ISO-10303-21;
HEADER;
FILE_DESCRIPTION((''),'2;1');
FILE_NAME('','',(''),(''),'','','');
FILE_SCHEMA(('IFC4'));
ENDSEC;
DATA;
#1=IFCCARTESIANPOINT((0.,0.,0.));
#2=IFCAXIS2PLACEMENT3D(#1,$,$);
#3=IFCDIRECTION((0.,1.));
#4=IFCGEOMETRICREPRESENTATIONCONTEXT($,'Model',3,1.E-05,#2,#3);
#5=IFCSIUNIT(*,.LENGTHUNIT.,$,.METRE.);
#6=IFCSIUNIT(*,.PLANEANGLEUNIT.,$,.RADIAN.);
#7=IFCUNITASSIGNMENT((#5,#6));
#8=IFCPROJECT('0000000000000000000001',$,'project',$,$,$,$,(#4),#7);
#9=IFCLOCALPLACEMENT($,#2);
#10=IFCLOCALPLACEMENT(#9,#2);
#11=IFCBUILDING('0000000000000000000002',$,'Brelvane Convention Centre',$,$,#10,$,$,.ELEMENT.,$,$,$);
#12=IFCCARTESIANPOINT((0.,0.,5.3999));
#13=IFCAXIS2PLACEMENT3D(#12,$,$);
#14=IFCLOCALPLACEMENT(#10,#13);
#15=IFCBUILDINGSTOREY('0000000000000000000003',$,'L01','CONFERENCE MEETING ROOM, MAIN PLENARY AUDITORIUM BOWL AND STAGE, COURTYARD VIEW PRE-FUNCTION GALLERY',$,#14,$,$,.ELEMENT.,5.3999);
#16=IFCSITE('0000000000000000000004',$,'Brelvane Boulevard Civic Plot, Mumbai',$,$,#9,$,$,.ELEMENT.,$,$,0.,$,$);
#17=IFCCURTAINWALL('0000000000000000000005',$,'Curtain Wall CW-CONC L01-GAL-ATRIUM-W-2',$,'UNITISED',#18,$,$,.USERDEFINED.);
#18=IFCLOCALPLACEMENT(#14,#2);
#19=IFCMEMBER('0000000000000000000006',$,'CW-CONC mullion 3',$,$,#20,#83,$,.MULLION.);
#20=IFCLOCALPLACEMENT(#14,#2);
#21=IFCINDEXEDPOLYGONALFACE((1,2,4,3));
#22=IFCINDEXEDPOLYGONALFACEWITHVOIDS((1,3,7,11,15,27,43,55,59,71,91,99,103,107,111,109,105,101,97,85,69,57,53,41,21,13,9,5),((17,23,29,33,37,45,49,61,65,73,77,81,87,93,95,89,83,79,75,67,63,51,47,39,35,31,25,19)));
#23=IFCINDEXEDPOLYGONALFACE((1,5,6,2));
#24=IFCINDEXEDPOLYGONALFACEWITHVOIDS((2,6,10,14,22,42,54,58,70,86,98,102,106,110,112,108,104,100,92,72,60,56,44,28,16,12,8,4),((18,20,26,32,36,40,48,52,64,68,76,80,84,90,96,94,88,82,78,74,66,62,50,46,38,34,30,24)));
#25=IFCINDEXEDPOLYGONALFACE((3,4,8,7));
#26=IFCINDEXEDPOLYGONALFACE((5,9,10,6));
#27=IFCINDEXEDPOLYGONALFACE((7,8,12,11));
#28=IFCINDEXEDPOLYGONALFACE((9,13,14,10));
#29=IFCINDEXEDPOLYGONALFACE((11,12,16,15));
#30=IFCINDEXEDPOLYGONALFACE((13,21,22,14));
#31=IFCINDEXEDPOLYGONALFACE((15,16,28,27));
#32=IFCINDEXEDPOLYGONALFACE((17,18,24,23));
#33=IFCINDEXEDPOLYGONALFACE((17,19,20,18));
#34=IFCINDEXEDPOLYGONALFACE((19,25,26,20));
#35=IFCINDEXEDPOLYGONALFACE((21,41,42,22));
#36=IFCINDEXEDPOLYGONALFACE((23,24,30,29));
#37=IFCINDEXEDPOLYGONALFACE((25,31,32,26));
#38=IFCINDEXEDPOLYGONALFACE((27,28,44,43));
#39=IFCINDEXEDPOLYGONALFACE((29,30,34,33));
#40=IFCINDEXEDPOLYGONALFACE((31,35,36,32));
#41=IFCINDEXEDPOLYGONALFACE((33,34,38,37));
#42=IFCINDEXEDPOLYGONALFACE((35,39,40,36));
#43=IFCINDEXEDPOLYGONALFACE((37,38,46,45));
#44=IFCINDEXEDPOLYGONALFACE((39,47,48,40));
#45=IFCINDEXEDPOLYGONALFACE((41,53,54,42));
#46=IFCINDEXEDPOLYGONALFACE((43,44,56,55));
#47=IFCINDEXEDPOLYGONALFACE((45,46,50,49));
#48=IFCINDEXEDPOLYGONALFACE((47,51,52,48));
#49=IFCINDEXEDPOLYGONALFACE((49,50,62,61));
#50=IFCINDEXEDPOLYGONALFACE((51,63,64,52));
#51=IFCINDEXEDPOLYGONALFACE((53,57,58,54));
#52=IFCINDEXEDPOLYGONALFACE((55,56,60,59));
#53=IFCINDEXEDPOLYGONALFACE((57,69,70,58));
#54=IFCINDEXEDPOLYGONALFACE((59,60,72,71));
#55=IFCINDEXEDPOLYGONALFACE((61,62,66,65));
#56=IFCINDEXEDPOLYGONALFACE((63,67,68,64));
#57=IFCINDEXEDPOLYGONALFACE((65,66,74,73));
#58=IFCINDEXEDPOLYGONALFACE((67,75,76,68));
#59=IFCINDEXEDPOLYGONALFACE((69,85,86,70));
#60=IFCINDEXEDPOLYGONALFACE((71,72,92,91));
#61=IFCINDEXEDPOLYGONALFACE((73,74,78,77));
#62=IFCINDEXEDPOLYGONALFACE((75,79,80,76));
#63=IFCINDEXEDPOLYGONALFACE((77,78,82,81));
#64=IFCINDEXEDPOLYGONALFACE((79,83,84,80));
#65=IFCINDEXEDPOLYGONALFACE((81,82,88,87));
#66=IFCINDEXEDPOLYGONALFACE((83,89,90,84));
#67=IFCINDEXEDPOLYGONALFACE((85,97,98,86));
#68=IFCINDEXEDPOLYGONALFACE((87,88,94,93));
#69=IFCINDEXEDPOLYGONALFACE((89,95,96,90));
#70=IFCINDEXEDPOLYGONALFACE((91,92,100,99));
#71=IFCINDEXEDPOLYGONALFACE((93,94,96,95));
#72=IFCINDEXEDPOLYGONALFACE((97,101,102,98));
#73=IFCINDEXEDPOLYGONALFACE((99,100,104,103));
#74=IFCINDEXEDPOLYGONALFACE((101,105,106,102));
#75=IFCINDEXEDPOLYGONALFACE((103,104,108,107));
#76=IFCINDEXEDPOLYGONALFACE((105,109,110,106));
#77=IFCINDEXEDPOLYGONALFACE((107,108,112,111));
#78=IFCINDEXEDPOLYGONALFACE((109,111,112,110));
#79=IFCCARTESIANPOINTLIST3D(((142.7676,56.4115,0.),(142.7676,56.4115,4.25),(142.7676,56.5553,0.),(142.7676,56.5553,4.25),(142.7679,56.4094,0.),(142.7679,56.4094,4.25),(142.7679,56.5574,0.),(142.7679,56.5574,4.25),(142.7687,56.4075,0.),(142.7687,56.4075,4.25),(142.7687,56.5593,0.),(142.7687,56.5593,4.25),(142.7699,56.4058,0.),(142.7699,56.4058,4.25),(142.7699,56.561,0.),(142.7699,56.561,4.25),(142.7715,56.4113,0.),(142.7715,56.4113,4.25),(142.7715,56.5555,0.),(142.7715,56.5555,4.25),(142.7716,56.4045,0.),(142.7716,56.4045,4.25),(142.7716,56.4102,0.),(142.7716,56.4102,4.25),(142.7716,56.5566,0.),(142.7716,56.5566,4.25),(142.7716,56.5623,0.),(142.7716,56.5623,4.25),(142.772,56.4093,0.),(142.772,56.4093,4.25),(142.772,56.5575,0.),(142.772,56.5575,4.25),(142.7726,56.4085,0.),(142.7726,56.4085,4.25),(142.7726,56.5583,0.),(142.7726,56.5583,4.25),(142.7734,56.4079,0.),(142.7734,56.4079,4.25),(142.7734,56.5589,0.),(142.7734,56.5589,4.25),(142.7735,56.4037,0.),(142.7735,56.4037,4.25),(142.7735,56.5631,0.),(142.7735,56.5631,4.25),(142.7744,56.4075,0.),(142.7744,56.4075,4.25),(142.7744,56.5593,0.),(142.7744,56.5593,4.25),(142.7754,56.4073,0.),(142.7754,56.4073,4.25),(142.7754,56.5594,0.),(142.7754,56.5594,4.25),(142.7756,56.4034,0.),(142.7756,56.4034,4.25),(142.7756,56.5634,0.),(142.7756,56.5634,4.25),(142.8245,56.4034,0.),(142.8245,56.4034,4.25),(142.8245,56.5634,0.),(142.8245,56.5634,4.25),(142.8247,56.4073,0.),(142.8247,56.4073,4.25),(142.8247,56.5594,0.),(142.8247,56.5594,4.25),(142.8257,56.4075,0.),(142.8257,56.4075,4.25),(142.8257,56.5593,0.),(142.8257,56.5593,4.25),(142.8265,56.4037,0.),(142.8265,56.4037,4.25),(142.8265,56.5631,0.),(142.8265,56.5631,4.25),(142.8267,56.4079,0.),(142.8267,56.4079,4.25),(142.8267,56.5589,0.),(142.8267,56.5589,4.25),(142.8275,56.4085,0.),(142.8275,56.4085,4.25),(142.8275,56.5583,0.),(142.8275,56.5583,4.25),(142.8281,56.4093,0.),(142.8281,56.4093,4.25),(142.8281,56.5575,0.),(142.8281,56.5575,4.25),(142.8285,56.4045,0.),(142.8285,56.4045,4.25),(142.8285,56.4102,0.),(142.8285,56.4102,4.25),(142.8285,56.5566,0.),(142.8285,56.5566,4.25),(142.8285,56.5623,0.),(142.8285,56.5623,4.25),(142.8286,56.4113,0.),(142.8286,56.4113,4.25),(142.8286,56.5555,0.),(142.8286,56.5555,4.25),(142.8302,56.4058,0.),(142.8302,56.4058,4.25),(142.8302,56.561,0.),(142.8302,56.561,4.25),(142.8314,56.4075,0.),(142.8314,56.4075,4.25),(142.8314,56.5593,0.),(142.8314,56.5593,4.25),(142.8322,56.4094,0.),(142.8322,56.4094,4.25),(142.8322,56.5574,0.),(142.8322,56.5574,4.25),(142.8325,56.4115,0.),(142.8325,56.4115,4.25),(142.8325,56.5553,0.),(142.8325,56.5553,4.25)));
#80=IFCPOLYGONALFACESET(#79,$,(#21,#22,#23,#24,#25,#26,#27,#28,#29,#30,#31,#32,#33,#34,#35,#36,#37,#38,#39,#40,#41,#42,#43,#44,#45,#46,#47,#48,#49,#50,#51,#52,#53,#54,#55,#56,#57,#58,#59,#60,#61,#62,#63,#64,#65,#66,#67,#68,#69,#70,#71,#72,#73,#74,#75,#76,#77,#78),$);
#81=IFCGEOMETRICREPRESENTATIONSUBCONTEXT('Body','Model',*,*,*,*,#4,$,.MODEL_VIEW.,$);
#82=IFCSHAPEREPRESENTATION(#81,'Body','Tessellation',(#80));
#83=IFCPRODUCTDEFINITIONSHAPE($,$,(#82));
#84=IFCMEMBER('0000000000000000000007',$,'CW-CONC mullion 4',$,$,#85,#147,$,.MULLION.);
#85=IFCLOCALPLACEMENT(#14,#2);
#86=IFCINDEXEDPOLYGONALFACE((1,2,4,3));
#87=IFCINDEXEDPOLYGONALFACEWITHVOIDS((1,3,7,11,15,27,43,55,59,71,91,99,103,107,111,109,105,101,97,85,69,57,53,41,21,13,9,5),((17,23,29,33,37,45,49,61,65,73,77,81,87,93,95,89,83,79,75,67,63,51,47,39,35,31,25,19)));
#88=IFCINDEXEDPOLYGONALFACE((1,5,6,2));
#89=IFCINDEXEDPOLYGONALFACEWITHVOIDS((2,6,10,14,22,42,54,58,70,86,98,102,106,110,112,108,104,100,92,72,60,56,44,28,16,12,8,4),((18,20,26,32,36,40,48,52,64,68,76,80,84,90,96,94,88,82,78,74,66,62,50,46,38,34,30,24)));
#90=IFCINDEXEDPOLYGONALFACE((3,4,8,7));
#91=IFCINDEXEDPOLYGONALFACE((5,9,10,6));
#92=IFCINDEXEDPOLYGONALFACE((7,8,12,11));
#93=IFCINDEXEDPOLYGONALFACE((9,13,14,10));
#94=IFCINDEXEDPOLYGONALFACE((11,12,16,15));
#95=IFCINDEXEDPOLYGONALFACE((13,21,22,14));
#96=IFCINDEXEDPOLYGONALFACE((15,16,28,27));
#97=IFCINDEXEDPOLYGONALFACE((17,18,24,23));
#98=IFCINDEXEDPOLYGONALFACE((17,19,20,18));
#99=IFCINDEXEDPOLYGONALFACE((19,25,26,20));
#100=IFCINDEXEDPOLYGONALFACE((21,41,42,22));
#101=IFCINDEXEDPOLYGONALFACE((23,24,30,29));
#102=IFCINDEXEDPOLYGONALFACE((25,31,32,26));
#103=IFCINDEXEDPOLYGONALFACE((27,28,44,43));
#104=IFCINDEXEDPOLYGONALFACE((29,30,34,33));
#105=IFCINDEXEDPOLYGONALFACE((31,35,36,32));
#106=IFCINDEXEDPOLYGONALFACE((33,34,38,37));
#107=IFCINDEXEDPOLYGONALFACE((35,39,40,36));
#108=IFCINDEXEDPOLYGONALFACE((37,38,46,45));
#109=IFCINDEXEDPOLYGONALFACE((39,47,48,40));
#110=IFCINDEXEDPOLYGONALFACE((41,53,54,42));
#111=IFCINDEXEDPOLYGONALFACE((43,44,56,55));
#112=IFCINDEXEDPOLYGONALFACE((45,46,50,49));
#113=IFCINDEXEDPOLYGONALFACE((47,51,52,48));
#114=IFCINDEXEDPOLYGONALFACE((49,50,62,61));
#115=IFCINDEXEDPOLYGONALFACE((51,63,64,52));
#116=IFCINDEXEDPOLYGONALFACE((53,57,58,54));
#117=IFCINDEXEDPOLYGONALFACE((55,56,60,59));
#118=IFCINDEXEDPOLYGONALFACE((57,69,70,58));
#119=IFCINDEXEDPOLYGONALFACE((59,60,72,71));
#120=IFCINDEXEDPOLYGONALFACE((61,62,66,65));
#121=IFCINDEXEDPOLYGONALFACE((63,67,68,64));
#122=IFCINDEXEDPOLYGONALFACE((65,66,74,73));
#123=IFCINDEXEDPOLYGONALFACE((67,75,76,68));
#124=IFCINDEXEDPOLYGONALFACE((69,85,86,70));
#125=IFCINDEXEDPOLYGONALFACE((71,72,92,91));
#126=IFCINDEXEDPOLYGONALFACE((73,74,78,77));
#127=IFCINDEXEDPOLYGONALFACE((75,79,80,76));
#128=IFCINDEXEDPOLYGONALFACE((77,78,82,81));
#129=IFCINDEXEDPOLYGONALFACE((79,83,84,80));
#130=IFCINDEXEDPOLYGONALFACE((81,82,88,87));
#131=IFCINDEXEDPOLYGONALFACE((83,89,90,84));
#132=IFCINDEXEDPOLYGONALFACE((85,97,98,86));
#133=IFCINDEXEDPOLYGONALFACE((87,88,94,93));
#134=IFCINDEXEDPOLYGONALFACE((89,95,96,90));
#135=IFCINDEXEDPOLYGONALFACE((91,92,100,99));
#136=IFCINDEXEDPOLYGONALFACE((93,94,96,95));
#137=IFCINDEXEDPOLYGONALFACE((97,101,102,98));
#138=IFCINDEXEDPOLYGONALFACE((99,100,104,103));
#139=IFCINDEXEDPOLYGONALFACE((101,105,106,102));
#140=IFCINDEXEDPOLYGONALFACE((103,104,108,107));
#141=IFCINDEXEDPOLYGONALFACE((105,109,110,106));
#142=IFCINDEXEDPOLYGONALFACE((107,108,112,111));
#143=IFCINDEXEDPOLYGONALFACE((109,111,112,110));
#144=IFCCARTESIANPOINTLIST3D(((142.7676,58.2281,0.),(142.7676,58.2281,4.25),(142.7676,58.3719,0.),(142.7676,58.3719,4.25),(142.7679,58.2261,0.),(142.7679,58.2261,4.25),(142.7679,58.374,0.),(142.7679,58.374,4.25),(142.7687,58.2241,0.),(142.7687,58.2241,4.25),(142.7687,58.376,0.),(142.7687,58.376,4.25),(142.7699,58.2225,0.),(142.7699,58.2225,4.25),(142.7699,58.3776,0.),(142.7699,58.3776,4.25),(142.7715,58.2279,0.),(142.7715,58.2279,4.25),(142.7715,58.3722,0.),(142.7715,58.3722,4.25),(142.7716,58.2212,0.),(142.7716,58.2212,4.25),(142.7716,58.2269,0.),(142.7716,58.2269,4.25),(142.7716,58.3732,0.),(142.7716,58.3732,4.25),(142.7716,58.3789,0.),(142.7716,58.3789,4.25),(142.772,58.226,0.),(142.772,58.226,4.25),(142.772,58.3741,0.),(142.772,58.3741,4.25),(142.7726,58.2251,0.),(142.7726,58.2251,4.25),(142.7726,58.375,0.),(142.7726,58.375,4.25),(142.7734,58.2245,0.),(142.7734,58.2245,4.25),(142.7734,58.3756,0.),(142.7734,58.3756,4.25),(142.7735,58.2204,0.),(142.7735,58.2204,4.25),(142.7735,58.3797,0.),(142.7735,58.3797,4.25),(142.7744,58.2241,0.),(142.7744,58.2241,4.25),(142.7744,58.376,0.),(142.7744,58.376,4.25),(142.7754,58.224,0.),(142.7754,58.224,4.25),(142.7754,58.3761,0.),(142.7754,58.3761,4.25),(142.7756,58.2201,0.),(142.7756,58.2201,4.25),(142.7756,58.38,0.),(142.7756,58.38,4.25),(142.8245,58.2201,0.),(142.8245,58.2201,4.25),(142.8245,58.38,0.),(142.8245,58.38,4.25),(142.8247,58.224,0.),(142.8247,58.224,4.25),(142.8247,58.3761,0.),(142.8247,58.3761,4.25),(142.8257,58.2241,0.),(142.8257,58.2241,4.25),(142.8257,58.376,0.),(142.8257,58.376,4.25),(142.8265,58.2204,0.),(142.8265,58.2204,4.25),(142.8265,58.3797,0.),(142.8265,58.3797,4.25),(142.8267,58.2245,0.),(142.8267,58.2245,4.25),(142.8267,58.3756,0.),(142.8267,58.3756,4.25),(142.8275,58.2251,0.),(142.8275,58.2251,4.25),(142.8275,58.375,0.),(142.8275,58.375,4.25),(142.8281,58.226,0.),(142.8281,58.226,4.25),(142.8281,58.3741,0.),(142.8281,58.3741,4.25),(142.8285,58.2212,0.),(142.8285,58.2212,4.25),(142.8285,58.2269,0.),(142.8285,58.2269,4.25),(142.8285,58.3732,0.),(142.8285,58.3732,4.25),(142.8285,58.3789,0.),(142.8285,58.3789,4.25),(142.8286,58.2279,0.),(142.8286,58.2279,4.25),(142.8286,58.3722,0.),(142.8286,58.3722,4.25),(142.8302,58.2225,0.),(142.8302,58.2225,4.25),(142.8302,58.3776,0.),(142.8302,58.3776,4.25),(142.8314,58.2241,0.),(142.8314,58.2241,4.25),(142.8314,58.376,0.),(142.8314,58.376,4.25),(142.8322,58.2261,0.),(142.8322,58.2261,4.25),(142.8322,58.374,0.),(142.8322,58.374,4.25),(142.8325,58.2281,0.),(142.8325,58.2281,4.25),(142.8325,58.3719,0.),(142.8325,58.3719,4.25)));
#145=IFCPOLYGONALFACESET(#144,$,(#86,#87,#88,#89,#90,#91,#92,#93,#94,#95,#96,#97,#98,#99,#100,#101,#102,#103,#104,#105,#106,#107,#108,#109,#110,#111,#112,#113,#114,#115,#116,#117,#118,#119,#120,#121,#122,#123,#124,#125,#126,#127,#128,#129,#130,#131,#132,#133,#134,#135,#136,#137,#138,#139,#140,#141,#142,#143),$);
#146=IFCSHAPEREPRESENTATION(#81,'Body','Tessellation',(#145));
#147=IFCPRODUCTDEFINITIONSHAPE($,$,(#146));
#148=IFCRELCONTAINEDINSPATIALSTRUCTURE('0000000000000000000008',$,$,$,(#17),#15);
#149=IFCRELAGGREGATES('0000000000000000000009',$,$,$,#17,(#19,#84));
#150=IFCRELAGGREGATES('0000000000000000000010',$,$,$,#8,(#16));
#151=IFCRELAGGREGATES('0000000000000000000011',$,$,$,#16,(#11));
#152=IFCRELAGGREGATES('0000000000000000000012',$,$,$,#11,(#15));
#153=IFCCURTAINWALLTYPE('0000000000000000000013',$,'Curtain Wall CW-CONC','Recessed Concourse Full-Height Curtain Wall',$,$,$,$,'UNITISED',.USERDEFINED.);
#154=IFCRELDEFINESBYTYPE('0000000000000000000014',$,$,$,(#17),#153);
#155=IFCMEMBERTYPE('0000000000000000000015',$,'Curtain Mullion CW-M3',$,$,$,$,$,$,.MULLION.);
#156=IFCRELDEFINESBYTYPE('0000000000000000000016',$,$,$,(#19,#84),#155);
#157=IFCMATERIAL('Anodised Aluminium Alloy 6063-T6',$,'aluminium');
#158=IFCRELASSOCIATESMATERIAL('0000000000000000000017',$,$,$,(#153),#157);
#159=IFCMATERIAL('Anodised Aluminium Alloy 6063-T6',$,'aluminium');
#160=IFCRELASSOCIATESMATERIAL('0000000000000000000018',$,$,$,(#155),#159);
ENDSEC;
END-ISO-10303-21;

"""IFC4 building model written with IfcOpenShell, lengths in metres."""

from ifc_helpers import new_model, si_unit, direction, frame, origin, origin_2d, place, context, subcontext, project, spatial, hollow_rectangle, extrude, material, material_profile, profile_set, type_object, element, aggregate, save


model = new_model("IFC4")

# Units and contexts
model_context = context("Model", 3, precision=1e-05, world=origin(), true_north=direction((0.0, 1.0)))
body_context = subcontext(model_context, "Body", "Model", "MODEL_VIEW")
ifc_project = project(units=[si_unit("LENGTHUNIT", "METRE"), si_unit("PLANEANGLEUNIT", "RADIAN")], contexts=[model_context])

# Site, building, storey
site_placement = place(None, origin())
site = spatial("IfcSite", under=ifc_project, at=site_placement, Name="Brelvane Boulevard Civic Plot, Mumbai", CompositionType="ELEMENT", RefElevation=0.0)
building_placement = place(site_placement, origin())
building = spatial("IfcBuilding", under=site, at=building_placement, Name="Brelvane Convention Centre", CompositionType="ELEMENT")
storey_placement = place(building_placement, frame((0.0, 0.0, 5.3999)))
storey = spatial("IfcBuildingStorey", under=building, at=storey_placement, Name="L01", Description="CONFERENCE MEETING ROOM, MAIN PLENARY AUDITORIUM BOWL AND STAGE, COURTYARD VIEW PRE-FUNCTION GALLERY", CompositionType="ELEMENT", Elevation=5.3999)

# Curtain wall, members
ifc_material_1 = material(Name="Anodised Aluminium Alloy 6063-T6", Category="aluminium")
curtain_wall_type = type_object("IfcCurtainWallType", Name="Curtain Wall CW-CONC", Description="Recessed Concourse Full-Height Curtain Wall", ElementType="UNITISED", PredefinedType="USERDEFINED", material=ifc_material_1)
curtain_wall_placement = place(storey_placement, origin())
curtain_wall = element("IfcCurtainWall", 1, at=curtain_wall_placement, inside=storey, type_object=curtain_wall_type, Name="Curtain Wall CW-CONC L01-GAL-ATRIUM-W-2", ObjectType="UNITISED", PredefinedType="USERDEFINED")
ifc_material_2 = material(Name="Anodised Aluminium Alloy 6063-T6", Category="aluminium")
ifc_material_profile_1 = material_profile(ifc_material_2, hollow_rectangle(XDim=0.0649, YDim=0.1599, WallThickness=0.0039, InnerFilletRadius=0.0039, OuterFilletRadius=0.0081, at=origin_2d()), Name="ALU-M 160x65x4.0")
ifc_profile_set_1 = profile_set([ifc_material_profile_1], Name="Anodised Aluminium Alloy 6063-T6")
member_type_1 = type_object("IfcMemberType", Name="Curtain Mullion CW-M3", PredefinedType="MULLION", material=ifc_profile_set_1)
member_1_placement = place(storey_placement, frame((142.8, 56.4834, 0.0), z_axis=(0.0, 0.0, 1.0), x_axis=(-1.0, 0.0, 0.0)))
member_1 = element("IfcMember", 2, at=member_1_placement, type_object=member_type_1, Name="CW-CONC mullion 3", PredefinedType="MULLION", context=body_context, shape_type="SweptSolid", body=[
    extrude(hollow_rectangle(XDim=0.0649, YDim=0.1599, WallThickness=0.0039, InnerFilletRadius=0.0039, OuterFilletRadius=0.0081, at=origin_2d()), origin(), (0.0, 0.0, 1.0), 4.25),
])
member_2_placement = place(storey_placement, frame((142.8, 58.3, 0.0), z_axis=(0.0, 0.0, 1.0), x_axis=(-1.0, 0.0, 0.0)))
member_2 = element("IfcMember", 3, at=member_2_placement, type_object=member_type_1, Name="CW-CONC mullion 4", PredefinedType="MULLION", context=body_context, shape_type="SweptSolid", body=[
    extrude(hollow_rectangle(XDim=0.0649, YDim=0.1599, WallThickness=0.0039, InnerFilletRadius=0.0039, OuterFilletRadius=0.0081, at=origin_2d()), origin(), (0.0, 0.0, 1.0), 4.25),
])

aggregate(curtain_wall, [member_1, member_2])

save(model, "model.ifc")
